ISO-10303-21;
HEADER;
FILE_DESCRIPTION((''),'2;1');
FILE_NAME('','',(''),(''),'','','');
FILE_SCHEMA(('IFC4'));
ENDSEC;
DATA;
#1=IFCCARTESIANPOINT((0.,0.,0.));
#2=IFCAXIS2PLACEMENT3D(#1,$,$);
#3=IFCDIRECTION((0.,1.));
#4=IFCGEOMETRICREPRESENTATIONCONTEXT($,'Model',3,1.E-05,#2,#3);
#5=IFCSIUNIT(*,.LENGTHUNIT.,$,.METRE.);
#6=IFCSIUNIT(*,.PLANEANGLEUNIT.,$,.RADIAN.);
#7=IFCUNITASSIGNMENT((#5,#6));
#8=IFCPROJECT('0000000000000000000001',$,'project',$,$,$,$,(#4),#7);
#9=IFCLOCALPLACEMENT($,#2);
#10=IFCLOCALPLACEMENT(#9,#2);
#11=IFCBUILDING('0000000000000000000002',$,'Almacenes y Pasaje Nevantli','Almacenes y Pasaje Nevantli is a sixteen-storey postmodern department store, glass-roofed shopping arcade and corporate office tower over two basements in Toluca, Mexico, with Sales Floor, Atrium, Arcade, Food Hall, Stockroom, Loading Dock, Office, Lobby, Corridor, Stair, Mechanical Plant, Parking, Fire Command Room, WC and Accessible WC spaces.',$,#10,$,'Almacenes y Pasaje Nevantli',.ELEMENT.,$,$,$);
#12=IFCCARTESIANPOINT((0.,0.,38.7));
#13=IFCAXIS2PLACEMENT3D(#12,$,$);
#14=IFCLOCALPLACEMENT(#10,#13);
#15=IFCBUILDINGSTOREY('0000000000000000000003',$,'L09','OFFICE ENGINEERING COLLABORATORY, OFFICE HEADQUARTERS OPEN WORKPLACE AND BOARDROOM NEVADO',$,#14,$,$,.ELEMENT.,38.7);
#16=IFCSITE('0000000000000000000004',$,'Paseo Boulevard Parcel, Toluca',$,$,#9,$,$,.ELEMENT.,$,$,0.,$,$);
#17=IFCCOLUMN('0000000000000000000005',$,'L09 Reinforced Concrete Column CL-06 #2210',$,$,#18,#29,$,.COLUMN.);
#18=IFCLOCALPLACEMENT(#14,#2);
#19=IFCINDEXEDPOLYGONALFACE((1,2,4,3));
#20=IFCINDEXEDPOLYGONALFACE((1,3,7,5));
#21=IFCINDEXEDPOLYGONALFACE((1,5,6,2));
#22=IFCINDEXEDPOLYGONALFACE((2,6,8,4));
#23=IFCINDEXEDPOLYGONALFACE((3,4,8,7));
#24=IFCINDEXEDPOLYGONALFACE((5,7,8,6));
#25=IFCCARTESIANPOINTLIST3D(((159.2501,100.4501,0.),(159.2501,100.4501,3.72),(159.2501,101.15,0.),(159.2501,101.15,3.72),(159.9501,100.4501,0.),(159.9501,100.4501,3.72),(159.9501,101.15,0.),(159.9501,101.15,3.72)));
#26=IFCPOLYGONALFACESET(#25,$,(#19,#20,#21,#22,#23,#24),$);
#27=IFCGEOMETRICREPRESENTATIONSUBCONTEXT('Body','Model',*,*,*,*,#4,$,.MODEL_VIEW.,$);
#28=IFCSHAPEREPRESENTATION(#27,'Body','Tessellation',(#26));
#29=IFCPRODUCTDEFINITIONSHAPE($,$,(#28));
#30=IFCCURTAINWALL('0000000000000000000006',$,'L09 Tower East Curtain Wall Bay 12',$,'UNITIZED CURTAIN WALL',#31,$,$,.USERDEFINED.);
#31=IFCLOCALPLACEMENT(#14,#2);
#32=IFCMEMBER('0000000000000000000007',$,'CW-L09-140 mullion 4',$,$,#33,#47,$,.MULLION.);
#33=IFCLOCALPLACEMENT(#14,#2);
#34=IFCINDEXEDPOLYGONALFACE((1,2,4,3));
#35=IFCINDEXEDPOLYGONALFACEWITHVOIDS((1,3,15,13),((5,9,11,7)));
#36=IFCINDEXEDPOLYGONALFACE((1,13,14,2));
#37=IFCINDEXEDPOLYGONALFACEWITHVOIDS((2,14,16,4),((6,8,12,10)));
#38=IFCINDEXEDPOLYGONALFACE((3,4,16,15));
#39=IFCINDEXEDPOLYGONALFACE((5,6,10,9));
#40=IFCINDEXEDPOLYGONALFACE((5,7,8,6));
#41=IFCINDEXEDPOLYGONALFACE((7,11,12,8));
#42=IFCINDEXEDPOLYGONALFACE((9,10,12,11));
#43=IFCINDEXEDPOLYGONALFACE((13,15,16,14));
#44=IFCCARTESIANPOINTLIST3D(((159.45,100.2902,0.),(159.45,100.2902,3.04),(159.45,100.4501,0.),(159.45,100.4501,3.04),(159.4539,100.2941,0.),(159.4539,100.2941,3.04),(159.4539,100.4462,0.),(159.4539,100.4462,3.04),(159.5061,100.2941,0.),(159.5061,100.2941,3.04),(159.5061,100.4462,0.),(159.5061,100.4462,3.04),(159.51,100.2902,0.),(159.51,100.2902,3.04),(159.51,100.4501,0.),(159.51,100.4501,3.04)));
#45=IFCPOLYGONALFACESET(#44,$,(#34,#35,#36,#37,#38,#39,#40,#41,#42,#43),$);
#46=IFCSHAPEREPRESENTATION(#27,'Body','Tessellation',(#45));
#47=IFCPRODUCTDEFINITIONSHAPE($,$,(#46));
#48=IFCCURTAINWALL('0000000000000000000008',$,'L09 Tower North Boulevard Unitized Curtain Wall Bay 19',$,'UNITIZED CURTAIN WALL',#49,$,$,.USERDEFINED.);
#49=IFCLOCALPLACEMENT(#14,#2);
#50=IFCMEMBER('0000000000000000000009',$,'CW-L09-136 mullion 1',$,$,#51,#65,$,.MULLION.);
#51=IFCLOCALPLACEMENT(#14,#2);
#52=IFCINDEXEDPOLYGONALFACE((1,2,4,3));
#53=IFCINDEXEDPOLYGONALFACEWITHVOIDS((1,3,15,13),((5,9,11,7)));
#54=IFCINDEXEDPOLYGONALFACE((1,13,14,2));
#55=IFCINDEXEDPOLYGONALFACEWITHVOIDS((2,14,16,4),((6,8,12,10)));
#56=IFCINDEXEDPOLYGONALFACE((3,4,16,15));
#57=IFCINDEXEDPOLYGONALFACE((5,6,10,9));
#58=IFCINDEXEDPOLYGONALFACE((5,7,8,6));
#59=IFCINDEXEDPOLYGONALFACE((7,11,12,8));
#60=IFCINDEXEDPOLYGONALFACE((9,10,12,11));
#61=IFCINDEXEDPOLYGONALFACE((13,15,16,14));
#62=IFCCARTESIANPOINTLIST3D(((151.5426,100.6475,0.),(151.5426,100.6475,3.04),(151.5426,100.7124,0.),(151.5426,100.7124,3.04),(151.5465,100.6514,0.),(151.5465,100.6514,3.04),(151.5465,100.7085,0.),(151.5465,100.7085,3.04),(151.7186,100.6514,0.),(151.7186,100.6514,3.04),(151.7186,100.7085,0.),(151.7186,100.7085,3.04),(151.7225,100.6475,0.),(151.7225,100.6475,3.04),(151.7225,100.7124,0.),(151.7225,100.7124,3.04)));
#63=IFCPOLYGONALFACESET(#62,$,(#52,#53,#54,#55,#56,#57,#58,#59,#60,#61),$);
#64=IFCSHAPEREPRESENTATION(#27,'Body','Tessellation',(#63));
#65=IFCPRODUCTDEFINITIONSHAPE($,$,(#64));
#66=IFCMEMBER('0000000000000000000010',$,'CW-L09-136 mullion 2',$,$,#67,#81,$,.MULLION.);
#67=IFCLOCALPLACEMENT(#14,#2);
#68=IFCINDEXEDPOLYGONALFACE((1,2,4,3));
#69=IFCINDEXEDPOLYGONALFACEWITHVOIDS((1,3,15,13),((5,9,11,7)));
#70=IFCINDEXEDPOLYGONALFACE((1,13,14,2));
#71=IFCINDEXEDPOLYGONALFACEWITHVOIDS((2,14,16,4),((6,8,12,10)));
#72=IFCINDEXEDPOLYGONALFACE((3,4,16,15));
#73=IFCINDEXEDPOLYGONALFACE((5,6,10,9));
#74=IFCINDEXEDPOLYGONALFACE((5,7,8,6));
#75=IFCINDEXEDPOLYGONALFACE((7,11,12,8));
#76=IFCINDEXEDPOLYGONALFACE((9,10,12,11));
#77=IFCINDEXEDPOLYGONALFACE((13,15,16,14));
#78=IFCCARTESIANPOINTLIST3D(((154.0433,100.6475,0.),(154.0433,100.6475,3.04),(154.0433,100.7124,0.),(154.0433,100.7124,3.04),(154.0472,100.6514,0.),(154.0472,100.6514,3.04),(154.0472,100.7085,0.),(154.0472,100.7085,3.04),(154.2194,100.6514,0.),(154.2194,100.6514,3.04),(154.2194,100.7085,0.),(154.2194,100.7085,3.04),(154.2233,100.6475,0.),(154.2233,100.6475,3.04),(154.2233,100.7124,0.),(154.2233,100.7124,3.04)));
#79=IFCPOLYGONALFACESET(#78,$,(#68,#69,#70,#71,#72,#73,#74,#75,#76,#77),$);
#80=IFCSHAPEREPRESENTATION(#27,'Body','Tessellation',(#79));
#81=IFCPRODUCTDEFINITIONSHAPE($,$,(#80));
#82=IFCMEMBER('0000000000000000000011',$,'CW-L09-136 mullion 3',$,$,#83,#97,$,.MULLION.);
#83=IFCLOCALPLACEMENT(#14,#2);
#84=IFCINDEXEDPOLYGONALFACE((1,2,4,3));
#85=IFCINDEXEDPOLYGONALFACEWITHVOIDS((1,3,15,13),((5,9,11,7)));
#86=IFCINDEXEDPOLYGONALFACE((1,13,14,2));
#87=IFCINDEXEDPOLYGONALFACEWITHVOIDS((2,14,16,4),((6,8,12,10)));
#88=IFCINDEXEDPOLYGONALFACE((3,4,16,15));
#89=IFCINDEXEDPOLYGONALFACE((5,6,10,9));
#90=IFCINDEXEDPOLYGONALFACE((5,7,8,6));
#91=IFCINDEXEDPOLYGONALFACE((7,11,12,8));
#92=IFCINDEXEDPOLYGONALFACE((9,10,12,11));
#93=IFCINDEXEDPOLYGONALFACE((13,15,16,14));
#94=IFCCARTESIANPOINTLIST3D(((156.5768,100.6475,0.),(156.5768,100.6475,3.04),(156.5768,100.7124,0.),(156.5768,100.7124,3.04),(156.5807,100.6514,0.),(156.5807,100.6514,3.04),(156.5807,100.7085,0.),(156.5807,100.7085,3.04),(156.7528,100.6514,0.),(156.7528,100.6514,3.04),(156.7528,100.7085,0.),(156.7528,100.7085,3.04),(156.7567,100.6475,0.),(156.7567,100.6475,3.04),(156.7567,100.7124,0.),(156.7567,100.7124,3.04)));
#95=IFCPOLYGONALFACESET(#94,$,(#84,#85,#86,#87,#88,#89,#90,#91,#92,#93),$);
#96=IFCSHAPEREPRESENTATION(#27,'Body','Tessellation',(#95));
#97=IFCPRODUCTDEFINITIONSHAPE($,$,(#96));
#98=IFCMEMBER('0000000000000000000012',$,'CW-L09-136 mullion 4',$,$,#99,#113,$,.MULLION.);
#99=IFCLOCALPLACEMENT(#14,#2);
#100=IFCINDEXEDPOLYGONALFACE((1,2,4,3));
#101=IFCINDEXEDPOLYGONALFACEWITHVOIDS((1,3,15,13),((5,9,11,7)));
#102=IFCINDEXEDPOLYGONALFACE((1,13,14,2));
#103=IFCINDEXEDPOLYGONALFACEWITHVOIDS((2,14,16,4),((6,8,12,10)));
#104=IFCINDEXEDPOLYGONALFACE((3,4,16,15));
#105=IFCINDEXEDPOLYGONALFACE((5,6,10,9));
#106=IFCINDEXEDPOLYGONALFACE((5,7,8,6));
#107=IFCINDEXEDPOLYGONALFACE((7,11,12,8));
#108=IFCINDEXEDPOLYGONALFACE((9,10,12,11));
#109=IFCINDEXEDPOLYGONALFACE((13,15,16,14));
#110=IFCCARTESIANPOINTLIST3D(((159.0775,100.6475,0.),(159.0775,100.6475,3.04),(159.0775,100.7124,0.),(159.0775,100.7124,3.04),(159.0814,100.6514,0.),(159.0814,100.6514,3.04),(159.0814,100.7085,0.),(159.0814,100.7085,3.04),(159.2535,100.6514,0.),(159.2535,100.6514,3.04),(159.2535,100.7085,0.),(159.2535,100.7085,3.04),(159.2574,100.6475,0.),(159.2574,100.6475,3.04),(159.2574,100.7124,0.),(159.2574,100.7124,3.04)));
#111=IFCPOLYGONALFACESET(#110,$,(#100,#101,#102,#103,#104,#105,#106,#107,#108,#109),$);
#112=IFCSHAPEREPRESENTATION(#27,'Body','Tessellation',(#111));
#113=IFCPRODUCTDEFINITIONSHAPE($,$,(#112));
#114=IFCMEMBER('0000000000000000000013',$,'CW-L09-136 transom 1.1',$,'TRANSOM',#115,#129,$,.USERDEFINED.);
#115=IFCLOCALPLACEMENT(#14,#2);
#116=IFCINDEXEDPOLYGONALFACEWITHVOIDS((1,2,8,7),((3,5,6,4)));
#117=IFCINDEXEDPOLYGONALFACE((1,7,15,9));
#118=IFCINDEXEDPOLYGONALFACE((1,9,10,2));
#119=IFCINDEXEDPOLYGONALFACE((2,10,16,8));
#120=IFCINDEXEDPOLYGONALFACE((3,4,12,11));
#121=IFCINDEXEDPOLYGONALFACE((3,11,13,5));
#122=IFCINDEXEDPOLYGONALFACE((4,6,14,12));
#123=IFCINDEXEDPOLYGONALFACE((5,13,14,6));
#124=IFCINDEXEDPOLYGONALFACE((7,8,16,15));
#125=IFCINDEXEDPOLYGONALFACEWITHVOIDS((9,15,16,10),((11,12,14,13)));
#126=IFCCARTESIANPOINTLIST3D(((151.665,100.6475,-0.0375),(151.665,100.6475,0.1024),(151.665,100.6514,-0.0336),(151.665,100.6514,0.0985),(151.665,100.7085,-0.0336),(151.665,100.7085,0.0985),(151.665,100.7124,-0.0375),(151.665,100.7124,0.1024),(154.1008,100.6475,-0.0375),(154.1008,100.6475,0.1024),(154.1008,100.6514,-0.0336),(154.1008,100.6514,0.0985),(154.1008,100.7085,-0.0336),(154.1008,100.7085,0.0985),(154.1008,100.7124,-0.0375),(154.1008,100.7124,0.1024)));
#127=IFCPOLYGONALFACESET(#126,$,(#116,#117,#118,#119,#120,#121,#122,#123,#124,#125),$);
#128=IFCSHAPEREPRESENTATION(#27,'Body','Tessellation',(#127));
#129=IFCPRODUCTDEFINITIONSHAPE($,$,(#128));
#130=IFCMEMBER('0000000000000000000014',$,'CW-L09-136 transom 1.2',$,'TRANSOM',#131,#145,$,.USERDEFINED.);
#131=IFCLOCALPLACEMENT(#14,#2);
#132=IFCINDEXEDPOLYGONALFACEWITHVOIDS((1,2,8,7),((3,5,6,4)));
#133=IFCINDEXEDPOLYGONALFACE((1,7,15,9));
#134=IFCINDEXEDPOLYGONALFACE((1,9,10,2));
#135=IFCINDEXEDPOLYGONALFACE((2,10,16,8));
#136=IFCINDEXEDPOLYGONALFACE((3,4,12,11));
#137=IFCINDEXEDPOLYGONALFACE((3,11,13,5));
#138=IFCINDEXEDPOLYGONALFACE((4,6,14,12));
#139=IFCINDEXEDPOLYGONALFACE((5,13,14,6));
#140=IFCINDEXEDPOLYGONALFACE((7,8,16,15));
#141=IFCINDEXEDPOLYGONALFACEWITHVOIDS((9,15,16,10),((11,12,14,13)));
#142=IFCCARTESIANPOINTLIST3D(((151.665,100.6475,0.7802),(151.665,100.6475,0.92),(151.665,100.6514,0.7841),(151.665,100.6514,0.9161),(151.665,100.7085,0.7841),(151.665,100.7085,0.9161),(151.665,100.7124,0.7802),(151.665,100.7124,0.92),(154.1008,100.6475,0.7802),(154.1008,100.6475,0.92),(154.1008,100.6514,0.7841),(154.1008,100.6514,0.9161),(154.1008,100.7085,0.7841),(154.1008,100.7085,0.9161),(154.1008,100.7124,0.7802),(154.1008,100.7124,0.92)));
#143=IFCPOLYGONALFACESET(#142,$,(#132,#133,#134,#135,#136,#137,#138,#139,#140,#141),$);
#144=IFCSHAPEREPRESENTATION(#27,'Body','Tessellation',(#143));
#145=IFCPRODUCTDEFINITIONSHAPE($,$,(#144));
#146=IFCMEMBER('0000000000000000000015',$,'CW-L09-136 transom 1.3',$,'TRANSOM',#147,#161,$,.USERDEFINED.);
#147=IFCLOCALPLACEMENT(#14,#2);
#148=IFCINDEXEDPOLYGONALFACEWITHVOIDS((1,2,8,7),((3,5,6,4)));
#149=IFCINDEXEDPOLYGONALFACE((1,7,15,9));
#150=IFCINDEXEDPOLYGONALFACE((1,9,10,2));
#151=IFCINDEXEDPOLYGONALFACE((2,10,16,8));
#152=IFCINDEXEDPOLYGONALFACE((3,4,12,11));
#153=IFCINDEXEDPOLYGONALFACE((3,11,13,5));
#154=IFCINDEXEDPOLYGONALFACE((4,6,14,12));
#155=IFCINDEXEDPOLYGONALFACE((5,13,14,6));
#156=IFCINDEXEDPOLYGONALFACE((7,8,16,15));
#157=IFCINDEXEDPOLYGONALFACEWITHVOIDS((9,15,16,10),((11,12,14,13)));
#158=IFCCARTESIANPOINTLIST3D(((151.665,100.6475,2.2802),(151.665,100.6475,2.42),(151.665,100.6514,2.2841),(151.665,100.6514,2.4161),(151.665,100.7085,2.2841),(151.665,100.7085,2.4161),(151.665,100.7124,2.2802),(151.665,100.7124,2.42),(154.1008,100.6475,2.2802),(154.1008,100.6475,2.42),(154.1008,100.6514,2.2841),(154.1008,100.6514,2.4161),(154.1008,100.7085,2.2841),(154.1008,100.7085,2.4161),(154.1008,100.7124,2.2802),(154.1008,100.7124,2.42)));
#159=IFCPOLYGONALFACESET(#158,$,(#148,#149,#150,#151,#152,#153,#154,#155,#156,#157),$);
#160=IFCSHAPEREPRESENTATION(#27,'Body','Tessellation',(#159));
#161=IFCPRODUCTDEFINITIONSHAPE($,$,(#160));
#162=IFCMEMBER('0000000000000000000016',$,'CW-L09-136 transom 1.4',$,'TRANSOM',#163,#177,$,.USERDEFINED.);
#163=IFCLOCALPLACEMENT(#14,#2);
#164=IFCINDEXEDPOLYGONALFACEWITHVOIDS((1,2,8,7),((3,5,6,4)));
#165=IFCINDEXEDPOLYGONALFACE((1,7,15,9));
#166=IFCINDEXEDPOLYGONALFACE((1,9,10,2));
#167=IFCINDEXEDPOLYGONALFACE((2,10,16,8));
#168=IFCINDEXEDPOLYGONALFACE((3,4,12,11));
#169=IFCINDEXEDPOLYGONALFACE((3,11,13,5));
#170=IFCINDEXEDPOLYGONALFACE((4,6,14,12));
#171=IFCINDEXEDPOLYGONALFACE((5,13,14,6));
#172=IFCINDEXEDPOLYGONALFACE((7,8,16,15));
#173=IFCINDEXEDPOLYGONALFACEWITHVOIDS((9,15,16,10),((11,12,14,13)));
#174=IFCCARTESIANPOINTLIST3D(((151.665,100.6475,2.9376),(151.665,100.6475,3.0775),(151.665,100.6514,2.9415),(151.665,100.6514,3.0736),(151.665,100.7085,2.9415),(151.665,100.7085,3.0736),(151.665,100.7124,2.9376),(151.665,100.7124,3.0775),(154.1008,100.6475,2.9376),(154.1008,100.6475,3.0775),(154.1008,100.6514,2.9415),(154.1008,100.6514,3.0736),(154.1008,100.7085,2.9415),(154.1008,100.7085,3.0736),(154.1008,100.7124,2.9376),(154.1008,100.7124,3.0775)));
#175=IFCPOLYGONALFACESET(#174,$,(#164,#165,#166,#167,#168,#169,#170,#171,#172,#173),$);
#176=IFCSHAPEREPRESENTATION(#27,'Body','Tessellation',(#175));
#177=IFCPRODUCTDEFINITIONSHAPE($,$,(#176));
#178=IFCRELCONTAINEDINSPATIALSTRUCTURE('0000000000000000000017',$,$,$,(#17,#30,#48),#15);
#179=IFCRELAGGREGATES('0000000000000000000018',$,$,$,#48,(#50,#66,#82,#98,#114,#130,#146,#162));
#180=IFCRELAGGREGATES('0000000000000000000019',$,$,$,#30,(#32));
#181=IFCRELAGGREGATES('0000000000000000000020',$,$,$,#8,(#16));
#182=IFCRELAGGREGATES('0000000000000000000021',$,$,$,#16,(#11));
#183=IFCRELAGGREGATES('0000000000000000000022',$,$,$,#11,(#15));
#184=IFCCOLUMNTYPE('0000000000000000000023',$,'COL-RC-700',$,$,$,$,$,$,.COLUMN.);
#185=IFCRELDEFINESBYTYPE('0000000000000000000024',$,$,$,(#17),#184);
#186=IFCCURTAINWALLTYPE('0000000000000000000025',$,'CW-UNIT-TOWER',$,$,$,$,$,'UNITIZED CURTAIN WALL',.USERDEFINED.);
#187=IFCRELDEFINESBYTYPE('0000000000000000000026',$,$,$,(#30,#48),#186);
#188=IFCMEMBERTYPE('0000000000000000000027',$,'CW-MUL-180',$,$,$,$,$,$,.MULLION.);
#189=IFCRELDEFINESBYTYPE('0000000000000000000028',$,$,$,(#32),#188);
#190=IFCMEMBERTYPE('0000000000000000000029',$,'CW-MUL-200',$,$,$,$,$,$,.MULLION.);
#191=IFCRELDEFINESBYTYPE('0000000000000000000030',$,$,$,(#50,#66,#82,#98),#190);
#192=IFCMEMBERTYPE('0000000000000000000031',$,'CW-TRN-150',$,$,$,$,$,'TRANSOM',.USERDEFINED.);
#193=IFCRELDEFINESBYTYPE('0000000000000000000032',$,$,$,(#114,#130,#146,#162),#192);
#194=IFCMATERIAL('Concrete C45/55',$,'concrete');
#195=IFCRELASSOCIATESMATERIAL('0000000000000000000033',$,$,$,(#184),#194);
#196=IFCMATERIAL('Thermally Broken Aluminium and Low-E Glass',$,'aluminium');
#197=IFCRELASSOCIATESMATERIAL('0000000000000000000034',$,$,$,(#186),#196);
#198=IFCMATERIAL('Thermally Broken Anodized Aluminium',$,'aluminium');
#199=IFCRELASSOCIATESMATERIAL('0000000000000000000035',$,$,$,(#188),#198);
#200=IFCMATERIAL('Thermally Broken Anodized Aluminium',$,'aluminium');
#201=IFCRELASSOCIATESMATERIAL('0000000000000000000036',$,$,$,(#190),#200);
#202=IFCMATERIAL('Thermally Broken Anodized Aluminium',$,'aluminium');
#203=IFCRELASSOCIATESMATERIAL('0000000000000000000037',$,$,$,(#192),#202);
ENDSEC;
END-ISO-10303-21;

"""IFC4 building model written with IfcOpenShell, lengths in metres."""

from ifc_helpers import new_model, si_unit, direction, frame, origin, origin_2d, place, context, subcontext, project, spatial, rectangle, hollow_rectangle, extrude, material, material_profile, profile_set, type_object, element, aggregate, save


model = new_model("IFC4")

# Units and contexts
model_context = context("Model", 3, precision=1e-05, world=origin(), true_north=direction((0.0, 1.0)))
body_context = subcontext(model_context, "Body", "Model", "MODEL_VIEW")
ifc_project = project(units=[si_unit("LENGTHUNIT", "METRE"), si_unit("PLANEANGLEUNIT", "RADIAN")], contexts=[model_context])

# Site, building, storey
site_placement = place(None, origin())
site = spatial("IfcSite", under=ifc_project, at=site_placement, Name="Paseo Boulevard Parcel, Toluca", CompositionType="ELEMENT", RefElevation=0.0)
building_placement = place(site_placement, origin())
building = spatial("IfcBuilding", under=site, at=building_placement, Name="Almacenes y Pasaje Nevantli", Description="Almacenes y Pasaje Nevantli is a sixteen-storey postmodern department store, glass-roofed shopping arcade and corporate office tower over two basements in Toluca, Mexico, with Sales Floor, Atrium, Arcade, Food Hall, Stockroom, Loading Dock, Office, Lobby, Corridor, Stair, Mechanical Plant, Parking, Fire Command Room, WC and Accessible WC spaces.", LongName="Almacenes y Pasaje Nevantli", CompositionType="ELEMENT")
storey_placement = place(building_placement, frame((0.0, 0.0, 38.7)))
storey = spatial("IfcBuildingStorey", under=building, at=storey_placement, Name="L09", Description="OFFICE ENGINEERING COLLABORATORY, OFFICE HEADQUARTERS OPEN WORKPLACE AND BOARDROOM NEVADO", CompositionType="ELEMENT", Elevation=38.7)

# Column
ifc_material_1 = material(Name="Concrete C45/55", Category="concrete")
ifc_material_profile_1 = material_profile(ifc_material_1, rectangle(XDim=0.7, YDim=0.7, at=origin_2d()), Name="RC-COL-700x700")
ifc_profile_set_1 = profile_set([ifc_material_profile_1], Name="Concrete C45/55")
column_type = type_object("IfcColumnType", Name="COL-RC-700", PredefinedType="COLUMN", material=ifc_profile_set_1)
column_placement = place(storey_placement, frame((159.6001, 100.8, 0.0), z_axis=(0.0, 0.0, 1.0), x_axis=(1.0, 0.0, 0.0)))
element("IfcColumn", 1, at=column_placement, inside=storey, type_object=column_type, Name="L09 Reinforced Concrete Column CL-06 #2210", PredefinedType="COLUMN", context=body_context, shape_type="SweptSolid", body=[
    extrude(rectangle(XDim=0.7, YDim=0.7, at=origin_2d()), origin(), (0.0, 0.0, 1.0), 3.72),
])

# Curtain wall, member
ifc_material_2 = material(Name="Thermally Broken Aluminium and Low-E Glass", Category="aluminium")
curtain_wall_type = type_object("IfcCurtainWallType", Name="CW-UNIT-TOWER", ElementType="UNITIZED CURTAIN WALL", PredefinedType="USERDEFINED", material=ifc_material_2)
curtain_wall_1_placement = place(storey_placement, origin())
curtain_wall_1 = element("IfcCurtainWall", 2, at=curtain_wall_1_placement, inside=storey, type_object=curtain_wall_type, Name="L09 Tower East Curtain Wall Bay 12", ObjectType="UNITIZED CURTAIN WALL", PredefinedType="USERDEFINED")
ifc_material_3 = material(Name="Thermally Broken Anodized Aluminium", Category="aluminium")
ifc_material_profile_2 = material_profile(ifc_material_3, hollow_rectangle(XDim=0.0601, YDim=0.1599, WallThickness=0.0039, at=origin_2d()), Name="ALU-MUL-60x160")
ifc_profile_set_2 = profile_set([ifc_material_profile_2], Name="Thermally Broken Anodized Aluminium")
member_type_1 = type_object("IfcMemberType", Name="CW-MUL-180", PredefinedType="MULLION", material=ifc_profile_set_2)
member_1_placement = place(storey_placement, frame((159.48, 100.3701, 0.0), z_axis=(0.0, 0.0, 1.0), x_axis=(-1.0, 0.0, 0.0)))
member_1 = element("IfcMember", 3, at=member_1_placement, type_object=member_type_1, Name="CW-L09-140 mullion 4", PredefinedType="MULLION", context=body_context, shape_type="SweptSolid", body=[
    extrude(hollow_rectangle(XDim=0.0601, YDim=0.1599, WallThickness=0.0039, at=origin_2d()), origin(), (0.0, 0.0, 1.0), 3.04),
])

# Curtain wall, members
curtain_wall_2_placement = place(storey_placement, origin())
curtain_wall_2 = element("IfcCurtainWall", 4, at=curtain_wall_2_placement, inside=storey, type_object=curtain_wall_type, Name="L09 Tower North Boulevard Unitized Curtain Wall Bay 19", ObjectType="UNITIZED CURTAIN WALL", PredefinedType="USERDEFINED")
ifc_material_4 = material(Name="Thermally Broken Anodized Aluminium", Category="aluminium")
ifc_material_profile_3 = material_profile(ifc_material_4, hollow_rectangle(XDim=0.0649, YDim=0.1799, WallThickness=0.0039, at=origin_2d()), Name="ALU-MUL-65x180")
ifc_profile_set_3 = profile_set([ifc_material_profile_3], Name="Thermally Broken Anodized Aluminium")
member_type_2 = type_object("IfcMemberType", Name="CW-MUL-200", PredefinedType="MULLION", material=ifc_profile_set_3)
member_2_placement = place(storey_placement, frame((151.6326, 100.6799, 0.0), z_axis=(0.0, 0.0, 1.0), x_axis=(0.0, 1.0, 0.0)))
member_2 = element("IfcMember", 5, at=member_2_placement, type_object=member_type_2, Name="CW-L09-136 mullion 1", PredefinedType="MULLION", context=body_context, shape_type="SweptSolid", body=[
    extrude(hollow_rectangle(XDim=0.0649, YDim=0.1799, WallThickness=0.0039, at=origin_2d()), origin(), (0.0, 0.0, 1.0), 3.04),
])
member_3_placement = place(storey_placement, frame((154.1333, 100.6799, 0.0), z_axis=(0.0, 0.0, 1.0), x_axis=(0.0, 1.0, 0.0)))
member_3 = element("IfcMember", 6, at=member_3_placement, type_object=member_type_2, Name="CW-L09-136 mullion 2", PredefinedType="MULLION", context=body_context, shape_type="SweptSolid", body=[
    extrude(hollow_rectangle(XDim=0.0649, YDim=0.1799, WallThickness=0.0039, at=origin_2d()), origin(), (0.0, 0.0, 1.0), 3.04),
])
member_4_placement = place(storey_placement, frame((156.6667, 100.6799, 0.0), z_axis=(0.0, 0.0, 1.0), x_axis=(0.0, 1.0, 0.0)))
member_4 = element("IfcMember", 7, at=member_4_placement, type_object=member_type_2, Name="CW-L09-136 mullion 3", PredefinedType="MULLION", context=body_context, shape_type="SweptSolid", body=[
    extrude(hollow_rectangle(XDim=0.0649, YDim=0.1799, WallThickness=0.0039, at=origin_2d()), origin(), (0.0, 0.0, 1.0), 3.04),
])
member_5_placement = place(storey_placement, frame((159.1675, 100.6799, 0.0), z_axis=(0.0, 0.0, 1.0), x_axis=(0.0, 1.0, 0.0)))
member_5 = element("IfcMember", 8, at=member_5_placement, type_object=member_type_2, Name="CW-L09-136 mullion 4", PredefinedType="MULLION", context=body_context, shape_type="SweptSolid", body=[
    extrude(hollow_rectangle(XDim=0.0649, YDim=0.1799, WallThickness=0.0039, at=origin_2d()), origin(), (0.0, 0.0, 1.0), 3.04),
])
ifc_material_5 = material(Name="Thermally Broken Anodized Aluminium", Category="aluminium")
ifc_material_profile_4 = material_profile(ifc_material_5, hollow_rectangle(XDim=0.0649, YDim=0.1399, WallThickness=0.0039, at=origin_2d()), Name="ALU-TRN-65x140")
ifc_profile_set_4 = profile_set([ifc_material_profile_4], Name="Thermally Broken Anodized Aluminium")
member_type_3 = type_object("IfcMemberType", Name="CW-TRN-150", ElementType="TRANSOM", PredefinedType="USERDEFINED", material=ifc_profile_set_4)
member_6_placement = place(storey_placement, frame((151.665, 100.6799, 0.0325), z_axis=(1.0, 0.0, 0.0), x_axis=(0.0, 1.0, 0.0)))
member_6 = element("IfcMember", 9, at=member_6_placement, type_object=member_type_3, Name="CW-L09-136 transom 1.1", ObjectType="TRANSOM", PredefinedType="USERDEFINED", context=body_context, shape_type="SweptSolid", body=[
    extrude(hollow_rectangle(XDim=0.0649, YDim=0.1399, WallThickness=0.0039, at=origin_2d()), origin(), (0.0, 0.0, 1.0), 2.4358),
])
member_7_placement = place(storey_placement, frame((151.665, 100.6799, 0.8501), z_axis=(1.0, 0.0, 0.0), x_axis=(0.0, 1.0, 0.0)))
member_7 = element("IfcMember", 10, at=member_7_placement, type_object=member_type_3, Name="CW-L09-136 transom 1.2", ObjectType="TRANSOM", PredefinedType="USERDEFINED", context=body_context, shape_type="SweptSolid", body=[
    extrude(hollow_rectangle(XDim=0.0649, YDim=0.1399, WallThickness=0.0039, at=origin_2d()), origin(), (0.0, 0.0, 1.0), 2.4358),
])
member_8_placement = place(storey_placement, frame((151.665, 100.6799, 2.3501), z_axis=(1.0, 0.0, 0.0), x_axis=(0.0, 1.0, 0.0)))
member_8 = element("IfcMember", 11, at=member_8_placement, type_object=member_type_3, Name="CW-L09-136 transom 1.3", ObjectType="TRANSOM", PredefinedType="USERDEFINED", context=body_context, shape_type="SweptSolid", body=[
    extrude(hollow_rectangle(XDim=0.0649, YDim=0.1399, WallThickness=0.0039, at=origin_2d()), origin(), (0.0, 0.0, 1.0), 2.4358),
])
member_9_placement = place(storey_placement, frame((151.665, 100.6799, 3.0076), z_axis=(1.0, 0.0, 0.0), x_axis=(0.0, 1.0, 0.0)))
member_9 = element("IfcMember", 12, at=member_9_placement, type_object=member_type_3, Name="CW-L09-136 transom 1.4", ObjectType="TRANSOM", PredefinedType="USERDEFINED", context=body_context, shape_type="SweptSolid", body=[
    extrude(hollow_rectangle(XDim=0.0649, YDim=0.1399, WallThickness=0.0039, at=origin_2d()), origin(), (0.0, 0.0, 1.0), 2.4358),
])
aggregate(curtain_wall_2, [member_2, member_3, member_4, member_5, member_6, member_7, member_8, member_9])

aggregate(curtain_wall_1, [member_1])

save(model, "model.ifc")
